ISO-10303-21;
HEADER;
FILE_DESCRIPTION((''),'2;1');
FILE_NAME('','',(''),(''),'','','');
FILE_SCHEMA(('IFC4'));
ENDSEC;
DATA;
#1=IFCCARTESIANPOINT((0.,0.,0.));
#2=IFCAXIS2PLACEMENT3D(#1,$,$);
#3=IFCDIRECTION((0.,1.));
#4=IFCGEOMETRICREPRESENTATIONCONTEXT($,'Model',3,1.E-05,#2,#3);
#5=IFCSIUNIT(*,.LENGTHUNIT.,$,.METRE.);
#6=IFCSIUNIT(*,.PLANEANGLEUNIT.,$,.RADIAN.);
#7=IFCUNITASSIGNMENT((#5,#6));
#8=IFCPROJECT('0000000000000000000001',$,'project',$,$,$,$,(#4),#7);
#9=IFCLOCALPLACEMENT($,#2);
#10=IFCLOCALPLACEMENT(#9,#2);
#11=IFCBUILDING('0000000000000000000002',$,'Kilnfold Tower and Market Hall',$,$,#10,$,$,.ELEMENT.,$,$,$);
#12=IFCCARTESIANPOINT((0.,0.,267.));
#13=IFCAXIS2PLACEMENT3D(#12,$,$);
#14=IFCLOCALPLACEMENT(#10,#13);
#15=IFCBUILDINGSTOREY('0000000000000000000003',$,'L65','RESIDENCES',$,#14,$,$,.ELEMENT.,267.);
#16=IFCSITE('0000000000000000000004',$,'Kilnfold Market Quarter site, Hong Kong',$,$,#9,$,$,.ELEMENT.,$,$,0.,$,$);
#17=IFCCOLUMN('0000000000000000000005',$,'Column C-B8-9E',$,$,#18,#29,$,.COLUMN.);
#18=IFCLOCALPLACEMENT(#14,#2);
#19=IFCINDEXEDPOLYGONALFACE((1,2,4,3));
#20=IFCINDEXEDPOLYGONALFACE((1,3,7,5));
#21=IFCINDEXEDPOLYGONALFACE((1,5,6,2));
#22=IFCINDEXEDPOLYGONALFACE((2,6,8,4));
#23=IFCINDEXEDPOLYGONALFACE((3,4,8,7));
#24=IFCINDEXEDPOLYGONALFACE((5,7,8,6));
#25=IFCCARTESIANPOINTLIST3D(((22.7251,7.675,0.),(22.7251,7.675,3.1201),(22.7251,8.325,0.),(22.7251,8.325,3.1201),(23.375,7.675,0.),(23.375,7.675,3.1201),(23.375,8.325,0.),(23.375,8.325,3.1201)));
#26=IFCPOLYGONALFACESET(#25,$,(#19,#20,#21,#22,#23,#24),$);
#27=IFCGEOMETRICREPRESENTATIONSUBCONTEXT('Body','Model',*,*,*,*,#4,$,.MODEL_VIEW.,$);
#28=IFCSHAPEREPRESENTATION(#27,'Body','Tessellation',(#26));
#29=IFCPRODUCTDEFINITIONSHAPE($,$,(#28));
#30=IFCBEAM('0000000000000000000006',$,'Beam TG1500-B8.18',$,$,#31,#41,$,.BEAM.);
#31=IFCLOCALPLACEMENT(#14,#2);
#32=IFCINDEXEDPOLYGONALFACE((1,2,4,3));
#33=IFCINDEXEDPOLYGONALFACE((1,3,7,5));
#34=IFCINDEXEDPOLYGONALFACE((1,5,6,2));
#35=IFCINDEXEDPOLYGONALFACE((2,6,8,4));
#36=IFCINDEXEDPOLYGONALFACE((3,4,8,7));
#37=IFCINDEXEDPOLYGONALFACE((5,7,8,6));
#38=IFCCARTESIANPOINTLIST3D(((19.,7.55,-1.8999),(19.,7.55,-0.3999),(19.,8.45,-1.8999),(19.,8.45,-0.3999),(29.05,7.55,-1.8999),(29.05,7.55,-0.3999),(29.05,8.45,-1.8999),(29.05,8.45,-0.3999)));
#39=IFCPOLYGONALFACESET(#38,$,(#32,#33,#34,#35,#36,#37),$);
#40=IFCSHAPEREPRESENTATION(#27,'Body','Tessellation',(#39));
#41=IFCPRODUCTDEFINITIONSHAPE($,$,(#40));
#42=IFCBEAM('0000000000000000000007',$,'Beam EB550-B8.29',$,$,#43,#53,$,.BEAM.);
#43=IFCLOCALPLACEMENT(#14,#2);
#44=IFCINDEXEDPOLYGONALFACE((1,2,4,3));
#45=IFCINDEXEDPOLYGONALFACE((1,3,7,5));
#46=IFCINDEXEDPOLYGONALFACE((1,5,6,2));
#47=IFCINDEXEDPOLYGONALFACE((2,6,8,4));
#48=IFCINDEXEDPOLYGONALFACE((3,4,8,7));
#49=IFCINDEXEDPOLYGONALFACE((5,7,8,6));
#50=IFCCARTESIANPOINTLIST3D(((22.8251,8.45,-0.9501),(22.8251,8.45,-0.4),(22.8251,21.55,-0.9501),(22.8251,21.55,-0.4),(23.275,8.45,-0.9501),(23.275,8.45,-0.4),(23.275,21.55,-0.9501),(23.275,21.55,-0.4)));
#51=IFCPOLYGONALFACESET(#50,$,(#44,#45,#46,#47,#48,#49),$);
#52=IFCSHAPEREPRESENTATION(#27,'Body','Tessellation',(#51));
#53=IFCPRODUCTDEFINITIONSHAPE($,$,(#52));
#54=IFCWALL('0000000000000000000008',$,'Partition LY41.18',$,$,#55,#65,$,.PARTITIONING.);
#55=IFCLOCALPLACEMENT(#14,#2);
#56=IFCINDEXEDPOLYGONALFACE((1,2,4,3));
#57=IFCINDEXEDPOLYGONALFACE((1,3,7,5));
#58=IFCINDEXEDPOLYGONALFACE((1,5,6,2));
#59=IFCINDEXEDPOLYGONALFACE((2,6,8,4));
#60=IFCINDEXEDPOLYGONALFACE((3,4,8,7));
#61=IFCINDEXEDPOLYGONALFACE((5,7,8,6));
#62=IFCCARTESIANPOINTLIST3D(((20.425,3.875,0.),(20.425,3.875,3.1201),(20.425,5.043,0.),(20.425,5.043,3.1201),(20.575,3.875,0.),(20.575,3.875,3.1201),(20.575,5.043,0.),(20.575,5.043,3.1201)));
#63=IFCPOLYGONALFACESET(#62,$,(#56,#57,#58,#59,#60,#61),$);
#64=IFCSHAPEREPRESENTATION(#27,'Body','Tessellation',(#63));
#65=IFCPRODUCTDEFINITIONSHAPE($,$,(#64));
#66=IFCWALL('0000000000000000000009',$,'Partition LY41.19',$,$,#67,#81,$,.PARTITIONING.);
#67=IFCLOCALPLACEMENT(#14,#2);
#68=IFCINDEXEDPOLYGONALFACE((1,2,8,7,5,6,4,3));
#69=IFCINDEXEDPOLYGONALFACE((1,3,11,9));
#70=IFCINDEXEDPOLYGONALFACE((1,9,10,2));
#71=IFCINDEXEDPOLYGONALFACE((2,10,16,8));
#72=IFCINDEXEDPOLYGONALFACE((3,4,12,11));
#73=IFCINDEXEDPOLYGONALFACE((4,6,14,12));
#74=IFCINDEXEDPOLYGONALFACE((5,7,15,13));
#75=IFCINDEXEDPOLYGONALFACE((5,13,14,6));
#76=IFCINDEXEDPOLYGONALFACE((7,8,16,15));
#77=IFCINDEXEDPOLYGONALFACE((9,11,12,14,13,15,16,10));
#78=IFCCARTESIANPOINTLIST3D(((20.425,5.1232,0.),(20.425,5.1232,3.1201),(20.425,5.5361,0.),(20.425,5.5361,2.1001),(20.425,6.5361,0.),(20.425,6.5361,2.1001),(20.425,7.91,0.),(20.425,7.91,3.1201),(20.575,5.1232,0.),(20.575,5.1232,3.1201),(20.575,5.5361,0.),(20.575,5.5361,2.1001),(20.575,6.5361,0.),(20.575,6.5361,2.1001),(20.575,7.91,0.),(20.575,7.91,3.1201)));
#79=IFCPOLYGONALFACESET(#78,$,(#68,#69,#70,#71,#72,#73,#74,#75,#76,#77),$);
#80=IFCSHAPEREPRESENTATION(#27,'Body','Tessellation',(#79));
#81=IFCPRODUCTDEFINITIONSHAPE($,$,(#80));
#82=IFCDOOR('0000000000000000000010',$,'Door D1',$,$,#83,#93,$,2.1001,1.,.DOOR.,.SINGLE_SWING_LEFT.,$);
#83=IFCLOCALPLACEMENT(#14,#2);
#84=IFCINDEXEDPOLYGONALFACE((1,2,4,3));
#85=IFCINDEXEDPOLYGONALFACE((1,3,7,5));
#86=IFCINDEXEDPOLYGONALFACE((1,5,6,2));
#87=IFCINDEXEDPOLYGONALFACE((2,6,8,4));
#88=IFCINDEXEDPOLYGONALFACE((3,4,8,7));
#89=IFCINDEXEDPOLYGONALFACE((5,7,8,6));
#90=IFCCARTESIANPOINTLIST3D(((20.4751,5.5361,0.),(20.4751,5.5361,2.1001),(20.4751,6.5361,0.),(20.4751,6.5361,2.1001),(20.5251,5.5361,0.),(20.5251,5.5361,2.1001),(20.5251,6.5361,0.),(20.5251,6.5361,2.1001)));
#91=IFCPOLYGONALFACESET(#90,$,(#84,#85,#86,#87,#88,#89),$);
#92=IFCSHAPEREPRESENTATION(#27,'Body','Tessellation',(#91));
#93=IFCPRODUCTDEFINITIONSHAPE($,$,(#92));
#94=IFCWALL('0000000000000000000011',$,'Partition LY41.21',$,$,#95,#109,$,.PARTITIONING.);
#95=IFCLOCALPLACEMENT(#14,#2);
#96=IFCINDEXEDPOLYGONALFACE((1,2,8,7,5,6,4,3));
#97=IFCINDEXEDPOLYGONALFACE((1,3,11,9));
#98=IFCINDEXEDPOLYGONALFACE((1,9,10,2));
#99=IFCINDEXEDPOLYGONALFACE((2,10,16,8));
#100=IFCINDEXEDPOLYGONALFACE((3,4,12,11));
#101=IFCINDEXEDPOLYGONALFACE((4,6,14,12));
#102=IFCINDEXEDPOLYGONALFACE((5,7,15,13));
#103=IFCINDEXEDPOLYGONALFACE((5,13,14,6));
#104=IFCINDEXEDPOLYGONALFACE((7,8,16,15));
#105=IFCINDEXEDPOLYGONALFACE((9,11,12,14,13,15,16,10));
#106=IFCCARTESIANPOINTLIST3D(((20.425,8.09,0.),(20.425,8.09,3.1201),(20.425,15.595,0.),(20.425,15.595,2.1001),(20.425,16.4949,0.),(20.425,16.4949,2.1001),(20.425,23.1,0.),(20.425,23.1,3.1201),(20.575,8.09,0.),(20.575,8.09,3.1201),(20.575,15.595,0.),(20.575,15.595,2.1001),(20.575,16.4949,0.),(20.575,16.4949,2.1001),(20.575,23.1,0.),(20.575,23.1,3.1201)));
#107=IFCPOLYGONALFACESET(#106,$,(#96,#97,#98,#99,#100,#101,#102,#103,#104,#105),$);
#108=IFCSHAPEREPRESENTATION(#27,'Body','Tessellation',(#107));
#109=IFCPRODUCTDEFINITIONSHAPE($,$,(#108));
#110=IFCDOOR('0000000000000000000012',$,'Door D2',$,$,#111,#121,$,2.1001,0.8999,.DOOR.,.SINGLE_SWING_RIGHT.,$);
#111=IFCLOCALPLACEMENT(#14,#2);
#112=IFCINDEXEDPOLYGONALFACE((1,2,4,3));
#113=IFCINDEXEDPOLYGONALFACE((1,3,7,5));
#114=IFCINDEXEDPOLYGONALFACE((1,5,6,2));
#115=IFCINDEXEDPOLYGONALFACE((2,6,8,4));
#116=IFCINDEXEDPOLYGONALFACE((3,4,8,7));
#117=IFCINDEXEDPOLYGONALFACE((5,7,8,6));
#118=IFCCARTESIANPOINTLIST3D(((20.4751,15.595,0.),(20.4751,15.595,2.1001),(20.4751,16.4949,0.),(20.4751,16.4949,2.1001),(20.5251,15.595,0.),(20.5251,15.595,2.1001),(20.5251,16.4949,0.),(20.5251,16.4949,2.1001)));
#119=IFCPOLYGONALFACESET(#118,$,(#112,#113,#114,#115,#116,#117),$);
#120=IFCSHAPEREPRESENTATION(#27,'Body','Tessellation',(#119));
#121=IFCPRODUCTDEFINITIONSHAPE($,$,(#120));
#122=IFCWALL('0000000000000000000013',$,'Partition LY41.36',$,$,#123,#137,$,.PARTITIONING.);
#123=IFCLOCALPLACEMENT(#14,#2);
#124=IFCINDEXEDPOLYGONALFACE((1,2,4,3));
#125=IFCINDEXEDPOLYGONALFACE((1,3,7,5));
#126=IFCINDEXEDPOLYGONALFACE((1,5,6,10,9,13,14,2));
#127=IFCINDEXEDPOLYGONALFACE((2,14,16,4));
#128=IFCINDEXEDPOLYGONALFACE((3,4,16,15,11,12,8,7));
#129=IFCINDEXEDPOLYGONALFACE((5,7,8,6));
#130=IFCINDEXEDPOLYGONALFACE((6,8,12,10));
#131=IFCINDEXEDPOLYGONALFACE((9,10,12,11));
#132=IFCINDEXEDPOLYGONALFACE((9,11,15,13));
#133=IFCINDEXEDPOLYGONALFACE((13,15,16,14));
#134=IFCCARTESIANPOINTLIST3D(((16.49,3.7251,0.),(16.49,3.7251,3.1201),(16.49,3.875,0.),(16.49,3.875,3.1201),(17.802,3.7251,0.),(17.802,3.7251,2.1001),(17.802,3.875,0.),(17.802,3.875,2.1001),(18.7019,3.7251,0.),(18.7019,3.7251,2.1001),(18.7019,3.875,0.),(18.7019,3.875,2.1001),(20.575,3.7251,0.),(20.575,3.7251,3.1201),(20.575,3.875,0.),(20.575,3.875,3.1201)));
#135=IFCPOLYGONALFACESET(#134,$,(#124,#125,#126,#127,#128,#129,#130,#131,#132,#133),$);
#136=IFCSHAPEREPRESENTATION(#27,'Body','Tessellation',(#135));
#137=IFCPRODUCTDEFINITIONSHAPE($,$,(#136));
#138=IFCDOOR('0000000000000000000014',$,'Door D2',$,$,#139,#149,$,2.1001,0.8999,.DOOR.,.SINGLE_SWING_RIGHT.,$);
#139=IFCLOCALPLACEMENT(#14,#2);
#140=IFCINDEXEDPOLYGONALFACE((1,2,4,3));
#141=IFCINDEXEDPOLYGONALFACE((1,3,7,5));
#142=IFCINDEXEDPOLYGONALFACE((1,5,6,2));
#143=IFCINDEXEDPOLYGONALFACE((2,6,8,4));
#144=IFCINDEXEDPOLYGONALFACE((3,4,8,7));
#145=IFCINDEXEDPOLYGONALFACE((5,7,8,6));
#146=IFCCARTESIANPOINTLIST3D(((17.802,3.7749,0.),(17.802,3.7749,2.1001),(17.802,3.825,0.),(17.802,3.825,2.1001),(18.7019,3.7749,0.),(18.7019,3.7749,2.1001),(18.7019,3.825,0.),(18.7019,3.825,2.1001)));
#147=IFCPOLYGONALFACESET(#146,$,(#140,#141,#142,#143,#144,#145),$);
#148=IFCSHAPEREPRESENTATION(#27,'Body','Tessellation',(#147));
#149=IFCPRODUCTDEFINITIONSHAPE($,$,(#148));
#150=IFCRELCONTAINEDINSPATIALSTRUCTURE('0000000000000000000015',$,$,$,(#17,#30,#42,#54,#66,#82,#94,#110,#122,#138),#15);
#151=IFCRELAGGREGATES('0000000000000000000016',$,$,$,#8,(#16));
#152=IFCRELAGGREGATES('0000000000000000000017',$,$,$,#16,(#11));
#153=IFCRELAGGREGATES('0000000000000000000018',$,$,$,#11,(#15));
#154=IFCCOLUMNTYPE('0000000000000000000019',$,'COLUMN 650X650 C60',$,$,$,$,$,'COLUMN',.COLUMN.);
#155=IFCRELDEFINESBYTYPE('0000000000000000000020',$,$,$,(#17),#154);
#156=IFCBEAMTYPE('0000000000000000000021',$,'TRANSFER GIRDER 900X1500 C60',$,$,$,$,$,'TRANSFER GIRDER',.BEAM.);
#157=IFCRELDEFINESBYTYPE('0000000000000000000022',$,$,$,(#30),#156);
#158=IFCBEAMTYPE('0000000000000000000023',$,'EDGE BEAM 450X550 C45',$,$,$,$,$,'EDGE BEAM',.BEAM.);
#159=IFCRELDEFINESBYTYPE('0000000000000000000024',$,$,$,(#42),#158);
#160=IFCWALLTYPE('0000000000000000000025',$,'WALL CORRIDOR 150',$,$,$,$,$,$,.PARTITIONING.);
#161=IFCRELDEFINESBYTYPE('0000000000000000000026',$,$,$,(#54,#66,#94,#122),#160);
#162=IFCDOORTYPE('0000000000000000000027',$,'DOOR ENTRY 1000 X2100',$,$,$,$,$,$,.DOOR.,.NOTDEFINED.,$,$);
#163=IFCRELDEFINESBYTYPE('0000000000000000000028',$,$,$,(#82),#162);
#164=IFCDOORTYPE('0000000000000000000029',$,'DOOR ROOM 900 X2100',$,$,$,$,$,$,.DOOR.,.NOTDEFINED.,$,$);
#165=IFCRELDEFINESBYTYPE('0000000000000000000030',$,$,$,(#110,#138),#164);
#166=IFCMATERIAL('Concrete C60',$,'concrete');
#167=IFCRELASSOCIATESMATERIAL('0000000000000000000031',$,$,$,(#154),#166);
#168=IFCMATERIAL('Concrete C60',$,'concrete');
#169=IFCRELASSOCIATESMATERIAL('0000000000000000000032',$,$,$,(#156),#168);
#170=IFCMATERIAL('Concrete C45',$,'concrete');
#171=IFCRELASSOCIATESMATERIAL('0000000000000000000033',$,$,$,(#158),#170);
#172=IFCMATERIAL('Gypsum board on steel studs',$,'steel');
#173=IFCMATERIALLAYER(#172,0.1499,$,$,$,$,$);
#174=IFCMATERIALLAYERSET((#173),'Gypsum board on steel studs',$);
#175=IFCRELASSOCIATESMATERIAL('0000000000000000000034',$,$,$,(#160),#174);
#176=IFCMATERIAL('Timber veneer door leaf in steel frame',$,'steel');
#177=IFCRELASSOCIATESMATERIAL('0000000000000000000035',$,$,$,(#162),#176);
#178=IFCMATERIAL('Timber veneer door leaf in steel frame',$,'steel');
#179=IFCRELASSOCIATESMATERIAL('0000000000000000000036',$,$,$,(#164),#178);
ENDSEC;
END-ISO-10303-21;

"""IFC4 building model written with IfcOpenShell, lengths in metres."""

from ifc_helpers import new_model, si_unit, direction, frame, frame_2d, origin, origin_2d, place, context, subcontext, project, spatial, rectangle, extrude, source, transform, mapped, material, layer, layer_set, material_profile, profile_set, type_object, element, fill, save


model = new_model("IFC4")

# Units and contexts
model_context = context("Model", 3, precision=1e-05, world=origin(), true_north=direction((0.0, 1.0)))
body_context = subcontext(model_context, "Body", "Model", "MODEL_VIEW")
ifc_project = project(units=[si_unit("LENGTHUNIT", "METRE"), si_unit("PLANEANGLEUNIT", "RADIAN")], contexts=[model_context])

# Site, building, storey
site_placement = place(None, origin())
site = spatial("IfcSite", under=ifc_project, at=site_placement, Name="Kilnfold Market Quarter site, Hong Kong", CompositionType="ELEMENT", RefElevation=0.0)
building_placement = place(site_placement, origin())
building = spatial("IfcBuilding", under=site, at=building_placement, Name="Kilnfold Tower and Market Hall", CompositionType="ELEMENT")
storey_placement = place(building_placement, frame((0.0, 0.0, 267.0)))
storey = spatial("IfcBuildingStorey", under=building, at=storey_placement, Name="L65", Description="RESIDENCES", CompositionType="ELEMENT", Elevation=267.0)

# Column
ifc_material_1 = material(Name="Concrete C60", Category="concrete")
ifc_material_profile_1 = material_profile(ifc_material_1, rectangle(XDim=0.6499, YDim=0.6499, at=origin_2d()), Name="RC 650x650")
ifc_profile_set_1 = profile_set([ifc_material_profile_1], Name="Concrete C60")
column_type = type_object("IfcColumnType", Name="COLUMN 650X650 C60", ElementType="COLUMN", PredefinedType="COLUMN", material=ifc_profile_set_1)
shared_shape_1 = source(origin(), body_context, "Body", "SweptSolid", [
    extrude(rectangle(XDim=0.6499, YDim=0.6499, at=origin_2d()), origin(), (0.0, 0.0, 1.0), 3.1201),
])
column_placement = place(storey_placement, frame((23.05, 8.0, 0.0), z_axis=(0.0, 0.0, 1.0), x_axis=(1.0, 0.0, 0.0)))
element("IfcColumn", 1, at=column_placement, inside=storey, type_object=column_type, Name="Column C-B8-9E", PredefinedType="COLUMN", context=body_context, shape_type="MappedRepresentation", body=[
    mapped(shared_shape_1, transform((0.0, 0.0, 0.0))),
])

# Beams
ifc_material_2 = material(Name="Concrete C60", Category="concrete")
ifc_material_profile_2 = material_profile(ifc_material_2, rectangle(XDim=0.8999, YDim=1.5, at=origin_2d()), Name="RC 900x1500")
ifc_profile_set_2 = profile_set([ifc_material_profile_2], Name="Concrete C60")
beam_type_1 = type_object("IfcBeamType", Name="TRANSFER GIRDER 900X1500 C60", ElementType="TRANSFER GIRDER", PredefinedType="BEAM", material=ifc_profile_set_2)
shared_shape_2 = source(origin(), body_context, "Body", "SweptSolid", [
    extrude(rectangle(XDim=0.8999, YDim=1.5, at=origin_2d()), origin(), (0.0, 0.0, 1.0), 10.05),
])
beam_1_placement = place(storey_placement, frame((19.0, 8.0, -1.1499), z_axis=(1.0, 0.0, 0.0), x_axis=(0.0, 1.0, 0.0)))
element("IfcBeam", 2, at=beam_1_placement, inside=storey, type_object=beam_type_1, Name="Beam TG1500-B8.18", PredefinedType="BEAM", context=body_context, shape_type="MappedRepresentation", body=[
    mapped(shared_shape_2, transform((0.0, 0.0, 0.0))),
])
ifc_material_3 = material(Name="Concrete C45", Category="concrete")
ifc_material_profile_3 = material_profile(ifc_material_3, rectangle(XDim=0.45, YDim=0.55, at=origin_2d()), Name="RC 450x550")
ifc_profile_set_3 = profile_set([ifc_material_profile_3], Name="Concrete C45")
beam_type_2 = type_object("IfcBeamType", Name="EDGE BEAM 450X550 C45", ElementType="EDGE BEAM", PredefinedType="BEAM", material=ifc_profile_set_3)
shared_shape_3 = source(origin(), body_context, "Body", "SweptSolid", [
    extrude(rectangle(XDim=0.45, YDim=0.55, at=origin_2d()), origin(), (0.0, 0.0, 1.0), 13.1001),
])
beam_2_placement = place(storey_placement, frame((23.05, 8.45, -0.675), z_axis=(0.0, 1.0, 0.0), x_axis=(-1.0, 0.0, 0.0)))
element("IfcBeam", 3, at=beam_2_placement, inside=storey, type_object=beam_type_2, Name="Beam EB550-B8.29", PredefinedType="BEAM", context=body_context, shape_type="MappedRepresentation", body=[
    mapped(shared_shape_3, transform((0.0, 0.0, 0.0))),
])

# Wall
ifc_material_4 = material(Name="Gypsum board on steel studs", Category="steel")
ifc_layer_1 = layer(ifc_material_4, 0.1499)
ifc_layer_set_1 = layer_set([ifc_layer_1], Name="Gypsum board on steel studs")
wall_type_1 = type_object("IfcWallType", Name="WALL CORRIDOR 150", PredefinedType="PARTITIONING", material=ifc_layer_set_1)
wall_1_placement = place(storey_placement, frame((20.5, 3.875, 0.0), z_axis=(0.0, 0.0, 1.0), x_axis=(0.0, 1.0, 0.0)))
element("IfcWall", 4, at=wall_1_placement, inside=storey, type_object=wall_type_1, Name="Partition LY41.18", PredefinedType="PARTITIONING", context=body_context, shape_type="SweptSolid", body=[
    extrude(rectangle(XDim=1.168, YDim=0.1499, at=frame_2d((0.584, 0.0))), origin(), (0.0, 0.0, 1.0), 3.1201),
])

# Walls, openings, doors
wall_2_placement = place(storey_placement, frame((20.5, 5.123, 0.0), z_axis=(0.0, 0.0, 1.0), x_axis=(0.0, 1.0, 0.0)))
wall_2 = element("IfcWall", 5, at=wall_2_placement, inside=storey, type_object=wall_type_1, Name="Partition LY41.19", PredefinedType="PARTITIONING", context=body_context, shape_type="SweptSolid", body=[
    extrude(rectangle(XDim=2.7869, YDim=0.1499, at=frame_2d((1.3936, 0.0))), origin(), (0.0, 0.0, 1.0), 3.1201),
])
opening_1_placement = place(wall_2_placement, frame((0.4131, 0.0, 0.0)))
opening_1 = element("IfcOpeningElement", 6, at=opening_1_placement, cuts=wall_2, PredefinedType="OPENING", context=body_context, shape_type="SweptSolid", body=[
    extrude(rectangle(XDim=1.0, YDim=2.1001, at=frame_2d((0.5, 1.05))), frame((0.0, 0.085, 0.0), z_axis=(0.0, -1.0, 0.0), x_axis=(1.0, 0.0, 0.0)), (0.0, 0.0, 1.0), 0.1699),
])
ifc_material_5 = material(Name="Timber veneer door leaf in steel frame", Category="steel")
door_type_1 = type_object("IfcDoorType", Name="DOOR ENTRY 1000 X2100", OperationType="NOTDEFINED", PredefinedType="DOOR", material=ifc_material_5)
door_1_placement = place(opening_1_placement, origin())
door_1 = element("IfcDoor", 7, at=door_1_placement, inside=storey, type_object=door_type_1, Name="Door D1", OperationType="SINGLE_SWING_LEFT", OverallHeight=2.1001, OverallWidth=1.0, PredefinedType="DOOR", context=body_context, shape_type="SweptSolid", body=[
    extrude(rectangle(XDim=1.0, YDim=2.1001, at=frame_2d((0.5, 1.05))), frame((0.0, 0.0249, 0.0), z_axis=(0.0, -1.0, 0.0), x_axis=(1.0, 0.0, 0.0)), (0.0, 0.0, 1.0), 0.05),
])
fill(opening_1, door_1)
wall_3_placement = place(storey_placement, frame((20.5, 8.0901, 0.0), z_axis=(0.0, 0.0, 1.0), x_axis=(0.0, 1.0, 0.0)))
wall_3 = element("IfcWall", 8, at=wall_3_placement, inside=storey, type_object=wall_type_1, Name="Partition LY41.21", PredefinedType="PARTITIONING", context=body_context, shape_type="SweptSolid", body=[
    extrude(rectangle(XDim=15.01, YDim=0.1499, at=frame_2d((7.5049, 0.0))), origin(), (0.0, 0.0, 1.0), 3.1201),
])
opening_2_placement = place(wall_3_placement, frame((7.5049, 0.0, 0.0)))
opening_2 = element("IfcOpeningElement", 9, at=opening_2_placement, cuts=wall_3, PredefinedType="OPENING", context=body_context, shape_type="SweptSolid", body=[
    extrude(rectangle(XDim=0.8999, YDim=2.1001, at=frame_2d((0.45, 1.05))), frame((0.0, 0.085, 0.0), z_axis=(0.0, -1.0, 0.0), x_axis=(1.0, 0.0, 0.0)), (0.0, 0.0, 1.0), 0.1699),
])
ifc_material_6 = material(Name="Timber veneer door leaf in steel frame", Category="steel")
door_type_2 = type_object("IfcDoorType", Name="DOOR ROOM 900 X2100", OperationType="NOTDEFINED", PredefinedType="DOOR", material=ifc_material_6)
door_2_placement = place(opening_2_placement, origin())
door_2 = element("IfcDoor", 10, at=door_2_placement, inside=storey, type_object=door_type_2, Name="Door D2", OperationType="SINGLE_SWING_RIGHT", OverallHeight=2.1001, OverallWidth=0.8999, PredefinedType="DOOR", context=body_context, shape_type="SweptSolid", body=[
    extrude(rectangle(XDim=0.8999, YDim=2.1001, at=frame_2d((0.45, 1.05))), frame((0.0, 0.0249, 0.0), z_axis=(0.0, -1.0, 0.0), x_axis=(1.0, 0.0, 0.0)), (0.0, 0.0, 1.0), 0.05),
])
fill(opening_2, door_2)
wall_4_placement = place(storey_placement, frame((16.49, 3.8, 0.0), z_axis=(0.0, 0.0, 1.0), x_axis=(1.0, 0.0, 0.0)))
wall_4 = element("IfcWall", 11, at=wall_4_placement, inside=storey, type_object=wall_type_1, Name="Partition LY41.36", PredefinedType="PARTITIONING", context=body_context, shape_type="SweptSolid", body=[
    extrude(rectangle(XDim=4.085, YDim=0.1499, at=frame_2d((2.0425, 0.0))), origin(), (0.0, 0.0, 1.0), 3.1201),
])
opening_3_placement = place(wall_4_placement, frame((1.312, 0.0, 0.0)))
opening_3 = element("IfcOpeningElement", 12, at=opening_3_placement, cuts=wall_4, PredefinedType="OPENING", context=body_context, shape_type="SweptSolid", body=[
    extrude(rectangle(XDim=0.8999, YDim=2.1001, at=frame_2d((0.45, 1.05))), frame((0.0, 0.085, 0.0), z_axis=(0.0, -1.0, 0.0), x_axis=(1.0, 0.0, 0.0)), (0.0, 0.0, 1.0), 0.1699),
])
door_3_placement = place(opening_3_placement, origin())
door_3 = element("IfcDoor", 13, at=door_3_placement, inside=storey, type_object=door_type_2, Name="Door D2", OperationType="SINGLE_SWING_RIGHT", OverallHeight=2.1001, OverallWidth=0.8999, PredefinedType="DOOR", context=body_context, shape_type="SweptSolid", body=[
    extrude(rectangle(XDim=0.8999, YDim=2.1001, at=frame_2d((0.45, 1.05))), frame((0.0, 0.0249, 0.0), z_axis=(0.0, -1.0, 0.0), x_axis=(1.0, 0.0, 0.0)), (0.0, 0.0, 1.0), 0.05),
])
fill(opening_3, door_3)

save(model, "model.ifc")
